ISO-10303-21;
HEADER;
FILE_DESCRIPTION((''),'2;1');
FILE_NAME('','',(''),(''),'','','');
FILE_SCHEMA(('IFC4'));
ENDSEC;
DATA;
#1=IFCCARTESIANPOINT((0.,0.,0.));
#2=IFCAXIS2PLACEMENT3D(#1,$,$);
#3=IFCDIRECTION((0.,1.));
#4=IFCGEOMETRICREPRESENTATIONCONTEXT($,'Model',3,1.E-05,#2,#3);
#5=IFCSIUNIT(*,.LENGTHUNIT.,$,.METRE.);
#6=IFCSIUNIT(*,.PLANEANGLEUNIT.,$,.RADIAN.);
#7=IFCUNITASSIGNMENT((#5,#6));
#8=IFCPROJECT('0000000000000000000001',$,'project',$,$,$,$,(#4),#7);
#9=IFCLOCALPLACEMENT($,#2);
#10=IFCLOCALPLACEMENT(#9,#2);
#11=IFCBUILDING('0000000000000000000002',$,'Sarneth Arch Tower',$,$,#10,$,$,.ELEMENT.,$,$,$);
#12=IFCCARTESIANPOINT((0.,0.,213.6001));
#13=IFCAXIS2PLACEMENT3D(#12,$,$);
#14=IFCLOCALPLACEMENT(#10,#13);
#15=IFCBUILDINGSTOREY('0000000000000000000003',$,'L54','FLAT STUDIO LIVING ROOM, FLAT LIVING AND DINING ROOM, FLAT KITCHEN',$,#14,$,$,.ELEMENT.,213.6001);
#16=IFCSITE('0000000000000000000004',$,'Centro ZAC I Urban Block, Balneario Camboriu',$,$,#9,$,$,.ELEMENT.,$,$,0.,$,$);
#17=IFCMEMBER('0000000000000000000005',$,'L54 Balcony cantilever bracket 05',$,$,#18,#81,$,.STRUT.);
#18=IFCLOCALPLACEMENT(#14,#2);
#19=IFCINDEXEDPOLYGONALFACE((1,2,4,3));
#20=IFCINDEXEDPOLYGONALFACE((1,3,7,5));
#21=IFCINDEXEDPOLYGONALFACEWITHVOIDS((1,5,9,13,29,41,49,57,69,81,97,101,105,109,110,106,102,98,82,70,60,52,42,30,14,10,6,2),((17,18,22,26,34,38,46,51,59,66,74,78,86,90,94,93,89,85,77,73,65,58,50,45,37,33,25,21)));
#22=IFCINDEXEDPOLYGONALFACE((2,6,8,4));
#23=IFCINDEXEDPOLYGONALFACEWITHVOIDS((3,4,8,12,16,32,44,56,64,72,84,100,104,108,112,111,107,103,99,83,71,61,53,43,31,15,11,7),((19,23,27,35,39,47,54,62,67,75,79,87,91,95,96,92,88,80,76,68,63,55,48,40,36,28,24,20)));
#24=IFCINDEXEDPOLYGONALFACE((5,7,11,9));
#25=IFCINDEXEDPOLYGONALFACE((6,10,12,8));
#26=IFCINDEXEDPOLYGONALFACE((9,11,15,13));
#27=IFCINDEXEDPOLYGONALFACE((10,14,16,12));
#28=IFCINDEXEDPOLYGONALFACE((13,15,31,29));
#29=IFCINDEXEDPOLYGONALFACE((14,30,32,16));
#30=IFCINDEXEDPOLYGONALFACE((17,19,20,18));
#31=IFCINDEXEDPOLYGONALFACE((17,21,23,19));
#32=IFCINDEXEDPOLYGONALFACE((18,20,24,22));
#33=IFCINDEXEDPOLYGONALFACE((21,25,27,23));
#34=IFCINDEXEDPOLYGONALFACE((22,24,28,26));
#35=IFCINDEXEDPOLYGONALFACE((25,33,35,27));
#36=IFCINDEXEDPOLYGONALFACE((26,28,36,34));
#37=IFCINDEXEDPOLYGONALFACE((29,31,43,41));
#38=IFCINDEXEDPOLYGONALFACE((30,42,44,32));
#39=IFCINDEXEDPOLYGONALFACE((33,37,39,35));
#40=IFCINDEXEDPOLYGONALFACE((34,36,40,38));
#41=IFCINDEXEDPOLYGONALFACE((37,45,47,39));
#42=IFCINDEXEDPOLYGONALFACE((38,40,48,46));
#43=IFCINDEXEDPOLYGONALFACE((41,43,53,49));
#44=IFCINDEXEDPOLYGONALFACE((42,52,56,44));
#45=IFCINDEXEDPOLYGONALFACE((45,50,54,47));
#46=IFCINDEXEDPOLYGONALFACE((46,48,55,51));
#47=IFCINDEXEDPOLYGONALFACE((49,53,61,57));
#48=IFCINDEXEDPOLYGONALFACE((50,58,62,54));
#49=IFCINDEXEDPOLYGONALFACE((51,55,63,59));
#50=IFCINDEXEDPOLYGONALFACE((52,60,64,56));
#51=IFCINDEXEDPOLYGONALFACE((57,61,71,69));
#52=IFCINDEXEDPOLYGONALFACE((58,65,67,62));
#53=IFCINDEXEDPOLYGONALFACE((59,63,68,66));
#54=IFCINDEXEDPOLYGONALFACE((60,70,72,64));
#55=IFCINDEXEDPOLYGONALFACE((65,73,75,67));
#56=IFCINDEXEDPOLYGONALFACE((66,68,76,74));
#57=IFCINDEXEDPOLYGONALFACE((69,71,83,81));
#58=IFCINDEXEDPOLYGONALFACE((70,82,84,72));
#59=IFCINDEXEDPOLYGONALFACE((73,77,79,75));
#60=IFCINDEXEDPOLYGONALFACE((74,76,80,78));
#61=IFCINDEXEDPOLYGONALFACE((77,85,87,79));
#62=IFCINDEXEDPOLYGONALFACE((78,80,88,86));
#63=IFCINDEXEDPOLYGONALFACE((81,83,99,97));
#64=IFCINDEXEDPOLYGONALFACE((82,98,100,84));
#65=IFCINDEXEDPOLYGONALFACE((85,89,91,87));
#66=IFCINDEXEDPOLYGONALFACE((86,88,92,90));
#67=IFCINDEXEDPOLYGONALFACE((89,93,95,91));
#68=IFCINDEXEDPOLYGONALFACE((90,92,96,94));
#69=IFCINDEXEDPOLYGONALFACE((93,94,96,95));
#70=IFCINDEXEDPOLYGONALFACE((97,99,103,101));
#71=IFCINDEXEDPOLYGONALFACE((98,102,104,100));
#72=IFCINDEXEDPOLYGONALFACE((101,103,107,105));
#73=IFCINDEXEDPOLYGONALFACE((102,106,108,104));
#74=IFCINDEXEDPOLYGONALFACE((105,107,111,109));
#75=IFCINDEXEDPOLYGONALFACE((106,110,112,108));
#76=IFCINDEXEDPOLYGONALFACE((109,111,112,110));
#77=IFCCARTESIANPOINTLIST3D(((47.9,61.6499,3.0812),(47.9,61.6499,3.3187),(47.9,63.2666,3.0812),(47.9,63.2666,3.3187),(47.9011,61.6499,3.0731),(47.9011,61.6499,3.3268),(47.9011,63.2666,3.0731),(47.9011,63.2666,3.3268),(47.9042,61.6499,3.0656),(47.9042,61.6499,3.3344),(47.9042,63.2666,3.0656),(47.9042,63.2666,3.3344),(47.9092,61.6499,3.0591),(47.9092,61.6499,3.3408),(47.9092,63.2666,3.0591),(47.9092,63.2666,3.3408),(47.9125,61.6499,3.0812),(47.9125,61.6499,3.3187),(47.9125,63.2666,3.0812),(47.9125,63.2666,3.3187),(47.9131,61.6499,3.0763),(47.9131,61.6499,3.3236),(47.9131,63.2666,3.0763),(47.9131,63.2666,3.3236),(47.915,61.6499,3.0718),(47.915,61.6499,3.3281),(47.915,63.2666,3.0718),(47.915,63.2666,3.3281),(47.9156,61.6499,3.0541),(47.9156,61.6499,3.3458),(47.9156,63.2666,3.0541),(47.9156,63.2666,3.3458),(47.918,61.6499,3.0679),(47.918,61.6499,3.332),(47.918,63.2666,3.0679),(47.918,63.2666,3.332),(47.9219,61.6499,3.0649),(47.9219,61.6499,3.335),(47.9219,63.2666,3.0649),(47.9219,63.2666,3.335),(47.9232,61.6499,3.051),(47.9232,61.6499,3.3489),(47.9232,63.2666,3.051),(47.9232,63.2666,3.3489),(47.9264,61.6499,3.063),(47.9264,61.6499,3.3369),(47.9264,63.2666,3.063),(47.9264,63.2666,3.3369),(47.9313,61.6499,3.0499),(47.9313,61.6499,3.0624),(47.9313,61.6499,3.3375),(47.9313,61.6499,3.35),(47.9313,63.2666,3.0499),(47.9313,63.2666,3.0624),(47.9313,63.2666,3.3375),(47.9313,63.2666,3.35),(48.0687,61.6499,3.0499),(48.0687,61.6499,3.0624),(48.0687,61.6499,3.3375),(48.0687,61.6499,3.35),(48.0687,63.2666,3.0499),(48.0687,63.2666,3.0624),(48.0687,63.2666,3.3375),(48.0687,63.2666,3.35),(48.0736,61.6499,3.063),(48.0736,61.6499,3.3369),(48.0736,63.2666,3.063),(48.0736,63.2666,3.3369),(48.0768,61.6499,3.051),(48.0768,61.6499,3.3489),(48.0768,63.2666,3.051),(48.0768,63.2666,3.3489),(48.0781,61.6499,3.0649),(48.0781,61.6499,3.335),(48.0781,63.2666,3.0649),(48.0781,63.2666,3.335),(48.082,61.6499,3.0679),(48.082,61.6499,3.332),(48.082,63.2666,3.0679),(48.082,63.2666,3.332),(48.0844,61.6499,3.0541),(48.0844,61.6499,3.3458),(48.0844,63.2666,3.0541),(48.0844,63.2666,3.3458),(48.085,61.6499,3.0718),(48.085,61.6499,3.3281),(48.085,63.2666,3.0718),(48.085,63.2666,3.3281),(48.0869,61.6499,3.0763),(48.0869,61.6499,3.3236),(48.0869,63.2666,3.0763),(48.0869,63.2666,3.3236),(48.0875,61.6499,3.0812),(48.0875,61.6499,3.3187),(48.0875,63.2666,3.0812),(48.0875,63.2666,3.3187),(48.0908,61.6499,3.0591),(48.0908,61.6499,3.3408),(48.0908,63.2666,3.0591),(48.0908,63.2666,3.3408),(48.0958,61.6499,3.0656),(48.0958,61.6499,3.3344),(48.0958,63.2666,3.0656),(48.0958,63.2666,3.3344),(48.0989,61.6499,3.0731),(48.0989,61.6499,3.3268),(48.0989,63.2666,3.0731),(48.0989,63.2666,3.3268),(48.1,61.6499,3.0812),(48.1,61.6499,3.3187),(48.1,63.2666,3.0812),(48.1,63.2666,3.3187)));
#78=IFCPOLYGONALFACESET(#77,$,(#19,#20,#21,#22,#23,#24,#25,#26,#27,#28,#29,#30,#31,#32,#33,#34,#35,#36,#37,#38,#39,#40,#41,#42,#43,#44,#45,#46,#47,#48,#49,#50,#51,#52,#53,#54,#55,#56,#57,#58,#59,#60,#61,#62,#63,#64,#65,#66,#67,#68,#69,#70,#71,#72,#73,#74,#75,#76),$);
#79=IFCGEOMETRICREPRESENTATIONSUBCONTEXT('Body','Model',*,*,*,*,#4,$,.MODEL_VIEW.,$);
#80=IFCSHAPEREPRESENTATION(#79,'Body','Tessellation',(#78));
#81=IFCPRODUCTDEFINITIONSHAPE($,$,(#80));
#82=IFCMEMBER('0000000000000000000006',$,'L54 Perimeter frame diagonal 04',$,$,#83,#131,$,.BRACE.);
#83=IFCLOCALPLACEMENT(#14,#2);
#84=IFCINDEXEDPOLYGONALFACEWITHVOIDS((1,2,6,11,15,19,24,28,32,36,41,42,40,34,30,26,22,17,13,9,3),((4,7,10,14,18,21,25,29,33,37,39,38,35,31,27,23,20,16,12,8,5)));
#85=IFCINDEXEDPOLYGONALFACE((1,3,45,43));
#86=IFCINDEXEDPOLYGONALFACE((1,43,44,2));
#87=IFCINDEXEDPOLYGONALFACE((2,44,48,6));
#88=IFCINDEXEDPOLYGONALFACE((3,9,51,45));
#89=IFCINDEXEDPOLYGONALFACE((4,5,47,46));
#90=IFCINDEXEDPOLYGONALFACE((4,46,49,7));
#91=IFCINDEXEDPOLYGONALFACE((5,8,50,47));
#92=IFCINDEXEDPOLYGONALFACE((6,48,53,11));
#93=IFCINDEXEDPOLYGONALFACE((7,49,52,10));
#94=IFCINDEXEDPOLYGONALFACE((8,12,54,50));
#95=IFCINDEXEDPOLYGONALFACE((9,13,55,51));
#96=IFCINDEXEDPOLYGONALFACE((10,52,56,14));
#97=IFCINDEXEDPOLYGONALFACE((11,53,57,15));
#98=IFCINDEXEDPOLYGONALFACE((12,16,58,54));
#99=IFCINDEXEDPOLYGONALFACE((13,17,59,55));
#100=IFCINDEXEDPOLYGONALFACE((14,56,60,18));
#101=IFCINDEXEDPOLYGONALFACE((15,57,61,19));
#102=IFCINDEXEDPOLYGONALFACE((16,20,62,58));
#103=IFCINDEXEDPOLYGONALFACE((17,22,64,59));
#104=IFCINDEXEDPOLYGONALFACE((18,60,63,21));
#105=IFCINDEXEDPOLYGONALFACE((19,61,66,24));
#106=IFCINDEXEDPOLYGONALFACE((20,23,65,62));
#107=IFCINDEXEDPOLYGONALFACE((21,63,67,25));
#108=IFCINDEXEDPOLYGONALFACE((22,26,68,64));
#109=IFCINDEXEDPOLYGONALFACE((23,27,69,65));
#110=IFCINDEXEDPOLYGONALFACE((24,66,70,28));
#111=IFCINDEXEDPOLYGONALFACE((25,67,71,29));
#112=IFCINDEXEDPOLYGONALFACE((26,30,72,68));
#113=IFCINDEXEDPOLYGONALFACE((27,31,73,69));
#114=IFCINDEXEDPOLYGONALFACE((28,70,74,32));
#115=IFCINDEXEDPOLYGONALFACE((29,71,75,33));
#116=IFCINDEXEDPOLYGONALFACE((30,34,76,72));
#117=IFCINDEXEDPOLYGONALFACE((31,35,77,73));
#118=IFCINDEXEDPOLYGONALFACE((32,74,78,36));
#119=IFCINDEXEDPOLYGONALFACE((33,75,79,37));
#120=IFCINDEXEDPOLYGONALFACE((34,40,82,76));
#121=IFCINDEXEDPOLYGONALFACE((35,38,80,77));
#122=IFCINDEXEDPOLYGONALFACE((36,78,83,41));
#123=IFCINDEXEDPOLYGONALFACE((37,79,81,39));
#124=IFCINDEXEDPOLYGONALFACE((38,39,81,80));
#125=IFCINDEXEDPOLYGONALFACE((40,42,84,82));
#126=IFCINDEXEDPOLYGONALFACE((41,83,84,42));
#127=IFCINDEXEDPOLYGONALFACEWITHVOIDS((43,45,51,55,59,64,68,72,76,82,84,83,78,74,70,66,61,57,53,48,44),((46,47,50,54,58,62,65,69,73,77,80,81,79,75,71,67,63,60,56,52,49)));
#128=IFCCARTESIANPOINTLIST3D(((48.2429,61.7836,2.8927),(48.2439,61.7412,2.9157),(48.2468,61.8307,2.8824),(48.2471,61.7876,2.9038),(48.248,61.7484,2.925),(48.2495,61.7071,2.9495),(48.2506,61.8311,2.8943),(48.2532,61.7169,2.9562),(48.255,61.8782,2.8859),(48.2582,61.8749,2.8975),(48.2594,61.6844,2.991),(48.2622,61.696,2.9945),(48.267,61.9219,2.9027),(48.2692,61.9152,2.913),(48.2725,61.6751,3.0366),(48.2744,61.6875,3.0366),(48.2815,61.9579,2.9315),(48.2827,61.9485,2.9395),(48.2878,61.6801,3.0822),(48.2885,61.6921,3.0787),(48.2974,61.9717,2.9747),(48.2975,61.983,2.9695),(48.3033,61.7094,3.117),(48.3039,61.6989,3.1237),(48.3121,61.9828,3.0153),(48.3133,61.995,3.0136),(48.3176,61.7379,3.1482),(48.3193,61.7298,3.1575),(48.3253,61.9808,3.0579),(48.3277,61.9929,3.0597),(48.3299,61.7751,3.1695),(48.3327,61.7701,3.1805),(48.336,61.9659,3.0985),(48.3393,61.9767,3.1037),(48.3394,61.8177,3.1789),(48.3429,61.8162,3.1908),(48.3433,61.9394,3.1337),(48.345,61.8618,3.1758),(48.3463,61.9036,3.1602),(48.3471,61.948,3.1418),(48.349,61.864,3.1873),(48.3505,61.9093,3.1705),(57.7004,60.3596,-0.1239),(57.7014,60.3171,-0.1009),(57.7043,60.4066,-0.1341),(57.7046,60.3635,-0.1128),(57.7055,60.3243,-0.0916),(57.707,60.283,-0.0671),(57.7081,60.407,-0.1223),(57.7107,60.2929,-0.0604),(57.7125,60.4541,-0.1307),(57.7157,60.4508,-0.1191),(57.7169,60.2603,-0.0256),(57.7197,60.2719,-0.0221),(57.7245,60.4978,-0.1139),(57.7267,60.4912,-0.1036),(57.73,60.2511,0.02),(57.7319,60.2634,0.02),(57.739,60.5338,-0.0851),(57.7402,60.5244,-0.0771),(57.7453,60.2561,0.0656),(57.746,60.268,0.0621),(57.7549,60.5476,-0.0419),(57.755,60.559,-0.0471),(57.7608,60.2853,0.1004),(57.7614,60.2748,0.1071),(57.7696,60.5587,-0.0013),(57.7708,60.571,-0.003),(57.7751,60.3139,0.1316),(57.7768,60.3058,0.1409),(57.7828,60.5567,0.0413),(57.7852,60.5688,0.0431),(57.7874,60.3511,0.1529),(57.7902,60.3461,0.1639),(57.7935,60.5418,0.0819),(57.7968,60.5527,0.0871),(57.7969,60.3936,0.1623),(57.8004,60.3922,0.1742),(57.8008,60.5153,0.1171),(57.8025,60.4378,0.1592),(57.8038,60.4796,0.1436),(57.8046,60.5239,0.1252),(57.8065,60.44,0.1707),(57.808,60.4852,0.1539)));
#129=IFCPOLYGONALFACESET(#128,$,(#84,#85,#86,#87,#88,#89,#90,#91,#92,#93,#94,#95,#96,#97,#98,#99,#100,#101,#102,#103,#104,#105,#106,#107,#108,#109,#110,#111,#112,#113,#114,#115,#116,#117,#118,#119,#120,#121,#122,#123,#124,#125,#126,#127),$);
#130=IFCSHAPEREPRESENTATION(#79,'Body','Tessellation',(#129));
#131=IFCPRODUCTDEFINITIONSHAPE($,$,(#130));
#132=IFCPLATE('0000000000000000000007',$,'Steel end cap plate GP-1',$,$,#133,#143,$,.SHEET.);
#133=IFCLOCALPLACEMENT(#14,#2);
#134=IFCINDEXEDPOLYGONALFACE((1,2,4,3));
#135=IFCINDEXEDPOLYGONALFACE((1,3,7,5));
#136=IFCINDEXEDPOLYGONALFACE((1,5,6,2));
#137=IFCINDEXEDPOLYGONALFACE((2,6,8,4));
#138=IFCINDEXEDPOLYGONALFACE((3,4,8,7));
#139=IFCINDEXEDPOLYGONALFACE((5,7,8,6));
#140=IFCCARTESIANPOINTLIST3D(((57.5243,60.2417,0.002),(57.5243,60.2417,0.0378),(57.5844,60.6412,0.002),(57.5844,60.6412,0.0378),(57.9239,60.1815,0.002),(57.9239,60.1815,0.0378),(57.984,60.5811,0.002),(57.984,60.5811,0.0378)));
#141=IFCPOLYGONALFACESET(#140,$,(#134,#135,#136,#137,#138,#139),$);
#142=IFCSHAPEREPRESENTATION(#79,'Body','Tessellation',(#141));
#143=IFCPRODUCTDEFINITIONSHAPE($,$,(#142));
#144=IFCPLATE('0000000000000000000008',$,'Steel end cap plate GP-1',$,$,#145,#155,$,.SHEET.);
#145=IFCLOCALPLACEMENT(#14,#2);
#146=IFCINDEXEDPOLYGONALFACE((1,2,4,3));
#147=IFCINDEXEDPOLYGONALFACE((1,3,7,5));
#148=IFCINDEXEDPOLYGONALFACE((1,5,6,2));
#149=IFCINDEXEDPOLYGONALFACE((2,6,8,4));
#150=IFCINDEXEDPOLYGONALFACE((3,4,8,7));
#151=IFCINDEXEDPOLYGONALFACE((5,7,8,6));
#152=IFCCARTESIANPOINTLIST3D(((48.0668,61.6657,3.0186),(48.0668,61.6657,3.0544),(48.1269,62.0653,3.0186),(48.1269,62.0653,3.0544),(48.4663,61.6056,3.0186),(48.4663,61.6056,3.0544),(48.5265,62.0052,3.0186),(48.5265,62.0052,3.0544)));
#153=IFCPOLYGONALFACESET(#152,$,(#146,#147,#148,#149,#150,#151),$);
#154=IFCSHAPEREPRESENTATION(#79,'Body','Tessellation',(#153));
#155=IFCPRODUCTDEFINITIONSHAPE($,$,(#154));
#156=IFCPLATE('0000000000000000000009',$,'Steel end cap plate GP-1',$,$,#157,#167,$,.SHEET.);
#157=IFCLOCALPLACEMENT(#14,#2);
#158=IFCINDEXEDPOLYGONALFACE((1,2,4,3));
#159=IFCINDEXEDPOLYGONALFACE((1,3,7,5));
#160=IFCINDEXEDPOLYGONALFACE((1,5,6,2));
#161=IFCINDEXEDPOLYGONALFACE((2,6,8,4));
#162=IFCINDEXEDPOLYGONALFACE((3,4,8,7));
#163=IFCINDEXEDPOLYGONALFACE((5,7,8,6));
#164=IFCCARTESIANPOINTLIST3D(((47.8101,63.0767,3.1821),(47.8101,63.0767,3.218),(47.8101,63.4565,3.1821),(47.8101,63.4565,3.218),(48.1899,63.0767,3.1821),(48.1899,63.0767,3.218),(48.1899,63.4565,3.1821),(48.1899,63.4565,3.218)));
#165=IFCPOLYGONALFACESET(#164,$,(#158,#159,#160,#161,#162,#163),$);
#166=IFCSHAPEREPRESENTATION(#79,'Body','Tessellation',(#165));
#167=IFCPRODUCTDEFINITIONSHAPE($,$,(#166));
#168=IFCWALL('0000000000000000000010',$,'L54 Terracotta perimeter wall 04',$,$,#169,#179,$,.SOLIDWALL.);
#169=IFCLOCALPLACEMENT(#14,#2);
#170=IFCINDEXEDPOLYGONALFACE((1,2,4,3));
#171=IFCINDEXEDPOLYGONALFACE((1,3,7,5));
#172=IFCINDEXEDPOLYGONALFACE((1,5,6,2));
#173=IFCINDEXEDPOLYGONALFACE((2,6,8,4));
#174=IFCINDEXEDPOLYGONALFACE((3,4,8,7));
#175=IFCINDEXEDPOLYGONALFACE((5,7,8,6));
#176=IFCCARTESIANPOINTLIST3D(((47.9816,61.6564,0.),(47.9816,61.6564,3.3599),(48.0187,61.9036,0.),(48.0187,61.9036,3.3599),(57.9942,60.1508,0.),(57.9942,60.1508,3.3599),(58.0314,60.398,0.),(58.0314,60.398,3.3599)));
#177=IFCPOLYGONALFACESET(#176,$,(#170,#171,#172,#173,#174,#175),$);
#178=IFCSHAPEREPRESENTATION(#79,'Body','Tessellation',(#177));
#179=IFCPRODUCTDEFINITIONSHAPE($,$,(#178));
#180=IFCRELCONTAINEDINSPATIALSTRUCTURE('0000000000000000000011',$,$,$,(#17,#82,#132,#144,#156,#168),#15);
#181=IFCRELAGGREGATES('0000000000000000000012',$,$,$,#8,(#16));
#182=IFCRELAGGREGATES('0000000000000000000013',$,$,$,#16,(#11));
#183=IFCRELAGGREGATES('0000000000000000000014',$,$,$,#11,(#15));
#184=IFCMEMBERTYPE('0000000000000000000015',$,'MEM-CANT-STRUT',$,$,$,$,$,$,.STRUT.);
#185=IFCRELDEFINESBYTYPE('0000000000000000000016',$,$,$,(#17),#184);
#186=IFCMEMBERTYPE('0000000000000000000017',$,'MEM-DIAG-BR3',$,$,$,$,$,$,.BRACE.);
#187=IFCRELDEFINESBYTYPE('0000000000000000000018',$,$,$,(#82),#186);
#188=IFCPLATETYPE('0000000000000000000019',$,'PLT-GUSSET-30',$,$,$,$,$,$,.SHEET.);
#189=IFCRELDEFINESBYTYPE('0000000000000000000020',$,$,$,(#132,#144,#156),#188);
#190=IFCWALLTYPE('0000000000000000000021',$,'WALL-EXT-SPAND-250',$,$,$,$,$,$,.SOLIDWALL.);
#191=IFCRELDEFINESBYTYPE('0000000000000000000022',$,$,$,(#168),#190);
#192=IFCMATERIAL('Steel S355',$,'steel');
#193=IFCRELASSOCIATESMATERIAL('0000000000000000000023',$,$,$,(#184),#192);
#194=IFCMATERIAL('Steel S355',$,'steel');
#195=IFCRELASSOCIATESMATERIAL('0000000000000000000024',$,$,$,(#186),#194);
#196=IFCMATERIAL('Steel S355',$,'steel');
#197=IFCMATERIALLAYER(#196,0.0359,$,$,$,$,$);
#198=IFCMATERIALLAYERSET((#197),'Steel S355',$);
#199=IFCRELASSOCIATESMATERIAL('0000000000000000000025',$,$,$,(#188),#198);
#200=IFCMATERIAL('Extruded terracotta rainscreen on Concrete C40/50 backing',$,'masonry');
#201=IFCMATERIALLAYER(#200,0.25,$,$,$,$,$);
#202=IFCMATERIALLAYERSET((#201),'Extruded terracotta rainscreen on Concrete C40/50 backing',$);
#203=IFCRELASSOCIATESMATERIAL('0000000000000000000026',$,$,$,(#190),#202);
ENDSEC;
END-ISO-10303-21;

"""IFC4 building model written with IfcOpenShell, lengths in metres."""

from ifc_helpers import new_model, si_unit, direction, frame, frame_2d, origin, origin_2d, place, context, subcontext, project, spatial, rectangle, hollow_rectangle, hollow_circle, extrude, material, layer, layer_set, material_profile, profile_set, type_object, element, save


model = new_model("IFC4")

# Units and contexts
model_context = context("Model", 3, precision=1e-05, world=origin(), true_north=direction((0.0, 1.0)))
body_context = subcontext(model_context, "Body", "Model", "MODEL_VIEW")
ifc_project = project(units=[si_unit("LENGTHUNIT", "METRE"), si_unit("PLANEANGLEUNIT", "RADIAN")], contexts=[model_context])

# Site, building, storey
site_placement = place(None, origin())
site = spatial("IfcSite", under=ifc_project, at=site_placement, Name="Centro ZAC I Urban Block, Balneario Camboriu", CompositionType="ELEMENT", RefElevation=0.0)
building_placement = place(site_placement, origin())
building = spatial("IfcBuilding", under=site, at=building_placement, Name="Sarneth Arch Tower", CompositionType="ELEMENT")
storey_placement = place(building_placement, frame((0.0, 0.0, 213.6001)))
storey = spatial("IfcBuildingStorey", under=building, at=storey_placement, Name="L54", Description="FLAT STUDIO LIVING ROOM, FLAT LIVING AND DINING ROOM, FLAT KITCHEN", CompositionType="ELEMENT", Elevation=213.6001)

# Members
ifc_material_1 = material(Name="Steel S355", Category="steel")
ifc_material_profile_1 = material_profile(ifc_material_1, hollow_rectangle(XDim=0.2, YDim=0.3, WallThickness=0.0125, InnerFilletRadius=0.0188, OuterFilletRadius=0.0312, at=origin_2d()), Name="RHS300x200x12.5")
ifc_profile_set_1 = profile_set([ifc_material_profile_1], Name="Steel S355")
member_type_1 = type_object("IfcMemberType", Name="MEM-CANT-STRUT", PredefinedType="STRUT", material=ifc_profile_set_1)
member_1_placement = place(storey_placement, frame((48.0, 61.6499, 3.2), z_axis=(0.0, 1.0, 0.0), x_axis=(-1.0, 0.0, 0.0)))
element("IfcMember", 1, at=member_1_placement, inside=storey, type_object=member_type_1, Name="L54 Balcony cantilever bracket 05", PredefinedType="STRUT", context=body_context, shape_type="SweptSolid", body=[
    extrude(hollow_rectangle(XDim=0.2, YDim=0.3, WallThickness=0.0125, InnerFilletRadius=0.0188, OuterFilletRadius=0.0312, at=origin_2d()), origin(), (0.0, 0.0, 1.0), 1.6167),
])
ifc_material_2 = material(Name="Steel S355", Category="steel")
ifc_material_profile_2 = material_profile(ifc_material_2, hollow_circle(Radius=0.1621, WallThickness=0.0125, at=origin_2d()), Name="CHS324x12.5")
ifc_profile_set_2 = profile_set([ifc_material_profile_2], Name="Steel S355")
member_type_2 = type_object("IfcMemberType", Name="MEM-DIAG-BR3", PredefinedType="BRACE", material=ifc_profile_set_2)
member_2_placement = place(storey_placement, frame((57.7542, 60.4114, 0.02), z_axis=(-0.943056, 0.142001, 0.3008), x_axis=(-0.148897, -0.988853, 0.0)))
element("IfcMember", 2, at=member_2_placement, inside=storey, type_object=member_type_2, Name="L54 Perimeter frame diagonal 04", PredefinedType="BRACE", context=body_context, shape_type="SweptSolid", body=[
    extrude(hollow_circle(Radius=0.1621, WallThickness=0.0125, at=origin_2d()), origin(), (0.0, 0.0, 1.0), 10.0286),
])

# Plates
ifc_material_3 = material(Name="Steel S355", Category="steel")
ifc_layer_1 = layer(ifc_material_3, 0.0359)
ifc_layer_set_1 = layer_set([ifc_layer_1], Name="Steel S355")
plate_type = type_object("IfcPlateType", Name="PLT-GUSSET-30", PredefinedType="SHEET", material=ifc_layer_set_1)
for number, where, z_axis, x_axis, name in (
    (3, (57.7542, 60.4114, 0.002), (0.0, 0.0, 1.0), (-0.988861, 0.148845, 0.0), "Steel end cap plate GP-1"),
    (4, (48.2966, 61.8354, 3.0186), (0.0, 0.0, 1.0), (-0.988861, 0.148845, 0.0), "Steel end cap plate GP-1"),
):
    element("IfcPlate", number, at=place(storey_placement, frame(where, z_axis=z_axis, x_axis=x_axis)), inside=storey, type_object=plate_type, Name=name, PredefinedType="SHEET", context=body_context, shape_type="SweptSolid", body=[
        extrude(rectangle(XDim=0.4041, YDim=0.4041, at=origin_2d()), origin(), (0.0, 0.0, 1.0), 0.0359),
    ])
plate_placement = place(storey_placement, frame((48.0, 63.2666, 3.1821), z_axis=(0.0, 0.0, 1.0), x_axis=(0.0, 1.0, 0.0)))
element("IfcPlate", 5, at=plate_placement, inside=storey, type_object=plate_type, Name="Steel end cap plate GP-1", PredefinedType="SHEET", context=body_context, shape_type="SweptSolid", body=[
    extrude(rectangle(XDim=0.3799, YDim=0.3799, at=origin_2d()), origin(), (0.0, 0.0, 1.0), 0.0359),
])

# Wall
ifc_material_4 = material(Name="Extruded terracotta rainscreen on Concrete C40/50 backing", Category="masonry")
ifc_layer_2 = layer(ifc_material_4, 0.25)
ifc_layer_set_2 = layer_set([ifc_layer_2], Name="Extruded terracotta rainscreen on Concrete C40/50 backing")
wall_type_1 = type_object("IfcWallType", Name="WALL-EXT-SPAND-250", PredefinedType="SOLIDWALL", material=ifc_layer_set_2)
wall_1_placement = place(storey_placement, frame((58.0127, 60.2744, 0.0), z_axis=(0.0, 0.0, 1.0), x_axis=(-0.988883, 0.148699, 0.0)))
element("IfcWall", 6, at=wall_1_placement, inside=storey, type_object=wall_type_1, Name="L54 Terracotta perimeter wall 04", PredefinedType="SOLIDWALL", context=body_context, shape_type="SweptSolid", body=[
    extrude(rectangle(XDim=10.1252, YDim=0.25, at=frame_2d((5.0625, 0.0))), origin(), (0.0, 0.0, 1.0), 3.3599),
])

save(model, "model.ifc")
